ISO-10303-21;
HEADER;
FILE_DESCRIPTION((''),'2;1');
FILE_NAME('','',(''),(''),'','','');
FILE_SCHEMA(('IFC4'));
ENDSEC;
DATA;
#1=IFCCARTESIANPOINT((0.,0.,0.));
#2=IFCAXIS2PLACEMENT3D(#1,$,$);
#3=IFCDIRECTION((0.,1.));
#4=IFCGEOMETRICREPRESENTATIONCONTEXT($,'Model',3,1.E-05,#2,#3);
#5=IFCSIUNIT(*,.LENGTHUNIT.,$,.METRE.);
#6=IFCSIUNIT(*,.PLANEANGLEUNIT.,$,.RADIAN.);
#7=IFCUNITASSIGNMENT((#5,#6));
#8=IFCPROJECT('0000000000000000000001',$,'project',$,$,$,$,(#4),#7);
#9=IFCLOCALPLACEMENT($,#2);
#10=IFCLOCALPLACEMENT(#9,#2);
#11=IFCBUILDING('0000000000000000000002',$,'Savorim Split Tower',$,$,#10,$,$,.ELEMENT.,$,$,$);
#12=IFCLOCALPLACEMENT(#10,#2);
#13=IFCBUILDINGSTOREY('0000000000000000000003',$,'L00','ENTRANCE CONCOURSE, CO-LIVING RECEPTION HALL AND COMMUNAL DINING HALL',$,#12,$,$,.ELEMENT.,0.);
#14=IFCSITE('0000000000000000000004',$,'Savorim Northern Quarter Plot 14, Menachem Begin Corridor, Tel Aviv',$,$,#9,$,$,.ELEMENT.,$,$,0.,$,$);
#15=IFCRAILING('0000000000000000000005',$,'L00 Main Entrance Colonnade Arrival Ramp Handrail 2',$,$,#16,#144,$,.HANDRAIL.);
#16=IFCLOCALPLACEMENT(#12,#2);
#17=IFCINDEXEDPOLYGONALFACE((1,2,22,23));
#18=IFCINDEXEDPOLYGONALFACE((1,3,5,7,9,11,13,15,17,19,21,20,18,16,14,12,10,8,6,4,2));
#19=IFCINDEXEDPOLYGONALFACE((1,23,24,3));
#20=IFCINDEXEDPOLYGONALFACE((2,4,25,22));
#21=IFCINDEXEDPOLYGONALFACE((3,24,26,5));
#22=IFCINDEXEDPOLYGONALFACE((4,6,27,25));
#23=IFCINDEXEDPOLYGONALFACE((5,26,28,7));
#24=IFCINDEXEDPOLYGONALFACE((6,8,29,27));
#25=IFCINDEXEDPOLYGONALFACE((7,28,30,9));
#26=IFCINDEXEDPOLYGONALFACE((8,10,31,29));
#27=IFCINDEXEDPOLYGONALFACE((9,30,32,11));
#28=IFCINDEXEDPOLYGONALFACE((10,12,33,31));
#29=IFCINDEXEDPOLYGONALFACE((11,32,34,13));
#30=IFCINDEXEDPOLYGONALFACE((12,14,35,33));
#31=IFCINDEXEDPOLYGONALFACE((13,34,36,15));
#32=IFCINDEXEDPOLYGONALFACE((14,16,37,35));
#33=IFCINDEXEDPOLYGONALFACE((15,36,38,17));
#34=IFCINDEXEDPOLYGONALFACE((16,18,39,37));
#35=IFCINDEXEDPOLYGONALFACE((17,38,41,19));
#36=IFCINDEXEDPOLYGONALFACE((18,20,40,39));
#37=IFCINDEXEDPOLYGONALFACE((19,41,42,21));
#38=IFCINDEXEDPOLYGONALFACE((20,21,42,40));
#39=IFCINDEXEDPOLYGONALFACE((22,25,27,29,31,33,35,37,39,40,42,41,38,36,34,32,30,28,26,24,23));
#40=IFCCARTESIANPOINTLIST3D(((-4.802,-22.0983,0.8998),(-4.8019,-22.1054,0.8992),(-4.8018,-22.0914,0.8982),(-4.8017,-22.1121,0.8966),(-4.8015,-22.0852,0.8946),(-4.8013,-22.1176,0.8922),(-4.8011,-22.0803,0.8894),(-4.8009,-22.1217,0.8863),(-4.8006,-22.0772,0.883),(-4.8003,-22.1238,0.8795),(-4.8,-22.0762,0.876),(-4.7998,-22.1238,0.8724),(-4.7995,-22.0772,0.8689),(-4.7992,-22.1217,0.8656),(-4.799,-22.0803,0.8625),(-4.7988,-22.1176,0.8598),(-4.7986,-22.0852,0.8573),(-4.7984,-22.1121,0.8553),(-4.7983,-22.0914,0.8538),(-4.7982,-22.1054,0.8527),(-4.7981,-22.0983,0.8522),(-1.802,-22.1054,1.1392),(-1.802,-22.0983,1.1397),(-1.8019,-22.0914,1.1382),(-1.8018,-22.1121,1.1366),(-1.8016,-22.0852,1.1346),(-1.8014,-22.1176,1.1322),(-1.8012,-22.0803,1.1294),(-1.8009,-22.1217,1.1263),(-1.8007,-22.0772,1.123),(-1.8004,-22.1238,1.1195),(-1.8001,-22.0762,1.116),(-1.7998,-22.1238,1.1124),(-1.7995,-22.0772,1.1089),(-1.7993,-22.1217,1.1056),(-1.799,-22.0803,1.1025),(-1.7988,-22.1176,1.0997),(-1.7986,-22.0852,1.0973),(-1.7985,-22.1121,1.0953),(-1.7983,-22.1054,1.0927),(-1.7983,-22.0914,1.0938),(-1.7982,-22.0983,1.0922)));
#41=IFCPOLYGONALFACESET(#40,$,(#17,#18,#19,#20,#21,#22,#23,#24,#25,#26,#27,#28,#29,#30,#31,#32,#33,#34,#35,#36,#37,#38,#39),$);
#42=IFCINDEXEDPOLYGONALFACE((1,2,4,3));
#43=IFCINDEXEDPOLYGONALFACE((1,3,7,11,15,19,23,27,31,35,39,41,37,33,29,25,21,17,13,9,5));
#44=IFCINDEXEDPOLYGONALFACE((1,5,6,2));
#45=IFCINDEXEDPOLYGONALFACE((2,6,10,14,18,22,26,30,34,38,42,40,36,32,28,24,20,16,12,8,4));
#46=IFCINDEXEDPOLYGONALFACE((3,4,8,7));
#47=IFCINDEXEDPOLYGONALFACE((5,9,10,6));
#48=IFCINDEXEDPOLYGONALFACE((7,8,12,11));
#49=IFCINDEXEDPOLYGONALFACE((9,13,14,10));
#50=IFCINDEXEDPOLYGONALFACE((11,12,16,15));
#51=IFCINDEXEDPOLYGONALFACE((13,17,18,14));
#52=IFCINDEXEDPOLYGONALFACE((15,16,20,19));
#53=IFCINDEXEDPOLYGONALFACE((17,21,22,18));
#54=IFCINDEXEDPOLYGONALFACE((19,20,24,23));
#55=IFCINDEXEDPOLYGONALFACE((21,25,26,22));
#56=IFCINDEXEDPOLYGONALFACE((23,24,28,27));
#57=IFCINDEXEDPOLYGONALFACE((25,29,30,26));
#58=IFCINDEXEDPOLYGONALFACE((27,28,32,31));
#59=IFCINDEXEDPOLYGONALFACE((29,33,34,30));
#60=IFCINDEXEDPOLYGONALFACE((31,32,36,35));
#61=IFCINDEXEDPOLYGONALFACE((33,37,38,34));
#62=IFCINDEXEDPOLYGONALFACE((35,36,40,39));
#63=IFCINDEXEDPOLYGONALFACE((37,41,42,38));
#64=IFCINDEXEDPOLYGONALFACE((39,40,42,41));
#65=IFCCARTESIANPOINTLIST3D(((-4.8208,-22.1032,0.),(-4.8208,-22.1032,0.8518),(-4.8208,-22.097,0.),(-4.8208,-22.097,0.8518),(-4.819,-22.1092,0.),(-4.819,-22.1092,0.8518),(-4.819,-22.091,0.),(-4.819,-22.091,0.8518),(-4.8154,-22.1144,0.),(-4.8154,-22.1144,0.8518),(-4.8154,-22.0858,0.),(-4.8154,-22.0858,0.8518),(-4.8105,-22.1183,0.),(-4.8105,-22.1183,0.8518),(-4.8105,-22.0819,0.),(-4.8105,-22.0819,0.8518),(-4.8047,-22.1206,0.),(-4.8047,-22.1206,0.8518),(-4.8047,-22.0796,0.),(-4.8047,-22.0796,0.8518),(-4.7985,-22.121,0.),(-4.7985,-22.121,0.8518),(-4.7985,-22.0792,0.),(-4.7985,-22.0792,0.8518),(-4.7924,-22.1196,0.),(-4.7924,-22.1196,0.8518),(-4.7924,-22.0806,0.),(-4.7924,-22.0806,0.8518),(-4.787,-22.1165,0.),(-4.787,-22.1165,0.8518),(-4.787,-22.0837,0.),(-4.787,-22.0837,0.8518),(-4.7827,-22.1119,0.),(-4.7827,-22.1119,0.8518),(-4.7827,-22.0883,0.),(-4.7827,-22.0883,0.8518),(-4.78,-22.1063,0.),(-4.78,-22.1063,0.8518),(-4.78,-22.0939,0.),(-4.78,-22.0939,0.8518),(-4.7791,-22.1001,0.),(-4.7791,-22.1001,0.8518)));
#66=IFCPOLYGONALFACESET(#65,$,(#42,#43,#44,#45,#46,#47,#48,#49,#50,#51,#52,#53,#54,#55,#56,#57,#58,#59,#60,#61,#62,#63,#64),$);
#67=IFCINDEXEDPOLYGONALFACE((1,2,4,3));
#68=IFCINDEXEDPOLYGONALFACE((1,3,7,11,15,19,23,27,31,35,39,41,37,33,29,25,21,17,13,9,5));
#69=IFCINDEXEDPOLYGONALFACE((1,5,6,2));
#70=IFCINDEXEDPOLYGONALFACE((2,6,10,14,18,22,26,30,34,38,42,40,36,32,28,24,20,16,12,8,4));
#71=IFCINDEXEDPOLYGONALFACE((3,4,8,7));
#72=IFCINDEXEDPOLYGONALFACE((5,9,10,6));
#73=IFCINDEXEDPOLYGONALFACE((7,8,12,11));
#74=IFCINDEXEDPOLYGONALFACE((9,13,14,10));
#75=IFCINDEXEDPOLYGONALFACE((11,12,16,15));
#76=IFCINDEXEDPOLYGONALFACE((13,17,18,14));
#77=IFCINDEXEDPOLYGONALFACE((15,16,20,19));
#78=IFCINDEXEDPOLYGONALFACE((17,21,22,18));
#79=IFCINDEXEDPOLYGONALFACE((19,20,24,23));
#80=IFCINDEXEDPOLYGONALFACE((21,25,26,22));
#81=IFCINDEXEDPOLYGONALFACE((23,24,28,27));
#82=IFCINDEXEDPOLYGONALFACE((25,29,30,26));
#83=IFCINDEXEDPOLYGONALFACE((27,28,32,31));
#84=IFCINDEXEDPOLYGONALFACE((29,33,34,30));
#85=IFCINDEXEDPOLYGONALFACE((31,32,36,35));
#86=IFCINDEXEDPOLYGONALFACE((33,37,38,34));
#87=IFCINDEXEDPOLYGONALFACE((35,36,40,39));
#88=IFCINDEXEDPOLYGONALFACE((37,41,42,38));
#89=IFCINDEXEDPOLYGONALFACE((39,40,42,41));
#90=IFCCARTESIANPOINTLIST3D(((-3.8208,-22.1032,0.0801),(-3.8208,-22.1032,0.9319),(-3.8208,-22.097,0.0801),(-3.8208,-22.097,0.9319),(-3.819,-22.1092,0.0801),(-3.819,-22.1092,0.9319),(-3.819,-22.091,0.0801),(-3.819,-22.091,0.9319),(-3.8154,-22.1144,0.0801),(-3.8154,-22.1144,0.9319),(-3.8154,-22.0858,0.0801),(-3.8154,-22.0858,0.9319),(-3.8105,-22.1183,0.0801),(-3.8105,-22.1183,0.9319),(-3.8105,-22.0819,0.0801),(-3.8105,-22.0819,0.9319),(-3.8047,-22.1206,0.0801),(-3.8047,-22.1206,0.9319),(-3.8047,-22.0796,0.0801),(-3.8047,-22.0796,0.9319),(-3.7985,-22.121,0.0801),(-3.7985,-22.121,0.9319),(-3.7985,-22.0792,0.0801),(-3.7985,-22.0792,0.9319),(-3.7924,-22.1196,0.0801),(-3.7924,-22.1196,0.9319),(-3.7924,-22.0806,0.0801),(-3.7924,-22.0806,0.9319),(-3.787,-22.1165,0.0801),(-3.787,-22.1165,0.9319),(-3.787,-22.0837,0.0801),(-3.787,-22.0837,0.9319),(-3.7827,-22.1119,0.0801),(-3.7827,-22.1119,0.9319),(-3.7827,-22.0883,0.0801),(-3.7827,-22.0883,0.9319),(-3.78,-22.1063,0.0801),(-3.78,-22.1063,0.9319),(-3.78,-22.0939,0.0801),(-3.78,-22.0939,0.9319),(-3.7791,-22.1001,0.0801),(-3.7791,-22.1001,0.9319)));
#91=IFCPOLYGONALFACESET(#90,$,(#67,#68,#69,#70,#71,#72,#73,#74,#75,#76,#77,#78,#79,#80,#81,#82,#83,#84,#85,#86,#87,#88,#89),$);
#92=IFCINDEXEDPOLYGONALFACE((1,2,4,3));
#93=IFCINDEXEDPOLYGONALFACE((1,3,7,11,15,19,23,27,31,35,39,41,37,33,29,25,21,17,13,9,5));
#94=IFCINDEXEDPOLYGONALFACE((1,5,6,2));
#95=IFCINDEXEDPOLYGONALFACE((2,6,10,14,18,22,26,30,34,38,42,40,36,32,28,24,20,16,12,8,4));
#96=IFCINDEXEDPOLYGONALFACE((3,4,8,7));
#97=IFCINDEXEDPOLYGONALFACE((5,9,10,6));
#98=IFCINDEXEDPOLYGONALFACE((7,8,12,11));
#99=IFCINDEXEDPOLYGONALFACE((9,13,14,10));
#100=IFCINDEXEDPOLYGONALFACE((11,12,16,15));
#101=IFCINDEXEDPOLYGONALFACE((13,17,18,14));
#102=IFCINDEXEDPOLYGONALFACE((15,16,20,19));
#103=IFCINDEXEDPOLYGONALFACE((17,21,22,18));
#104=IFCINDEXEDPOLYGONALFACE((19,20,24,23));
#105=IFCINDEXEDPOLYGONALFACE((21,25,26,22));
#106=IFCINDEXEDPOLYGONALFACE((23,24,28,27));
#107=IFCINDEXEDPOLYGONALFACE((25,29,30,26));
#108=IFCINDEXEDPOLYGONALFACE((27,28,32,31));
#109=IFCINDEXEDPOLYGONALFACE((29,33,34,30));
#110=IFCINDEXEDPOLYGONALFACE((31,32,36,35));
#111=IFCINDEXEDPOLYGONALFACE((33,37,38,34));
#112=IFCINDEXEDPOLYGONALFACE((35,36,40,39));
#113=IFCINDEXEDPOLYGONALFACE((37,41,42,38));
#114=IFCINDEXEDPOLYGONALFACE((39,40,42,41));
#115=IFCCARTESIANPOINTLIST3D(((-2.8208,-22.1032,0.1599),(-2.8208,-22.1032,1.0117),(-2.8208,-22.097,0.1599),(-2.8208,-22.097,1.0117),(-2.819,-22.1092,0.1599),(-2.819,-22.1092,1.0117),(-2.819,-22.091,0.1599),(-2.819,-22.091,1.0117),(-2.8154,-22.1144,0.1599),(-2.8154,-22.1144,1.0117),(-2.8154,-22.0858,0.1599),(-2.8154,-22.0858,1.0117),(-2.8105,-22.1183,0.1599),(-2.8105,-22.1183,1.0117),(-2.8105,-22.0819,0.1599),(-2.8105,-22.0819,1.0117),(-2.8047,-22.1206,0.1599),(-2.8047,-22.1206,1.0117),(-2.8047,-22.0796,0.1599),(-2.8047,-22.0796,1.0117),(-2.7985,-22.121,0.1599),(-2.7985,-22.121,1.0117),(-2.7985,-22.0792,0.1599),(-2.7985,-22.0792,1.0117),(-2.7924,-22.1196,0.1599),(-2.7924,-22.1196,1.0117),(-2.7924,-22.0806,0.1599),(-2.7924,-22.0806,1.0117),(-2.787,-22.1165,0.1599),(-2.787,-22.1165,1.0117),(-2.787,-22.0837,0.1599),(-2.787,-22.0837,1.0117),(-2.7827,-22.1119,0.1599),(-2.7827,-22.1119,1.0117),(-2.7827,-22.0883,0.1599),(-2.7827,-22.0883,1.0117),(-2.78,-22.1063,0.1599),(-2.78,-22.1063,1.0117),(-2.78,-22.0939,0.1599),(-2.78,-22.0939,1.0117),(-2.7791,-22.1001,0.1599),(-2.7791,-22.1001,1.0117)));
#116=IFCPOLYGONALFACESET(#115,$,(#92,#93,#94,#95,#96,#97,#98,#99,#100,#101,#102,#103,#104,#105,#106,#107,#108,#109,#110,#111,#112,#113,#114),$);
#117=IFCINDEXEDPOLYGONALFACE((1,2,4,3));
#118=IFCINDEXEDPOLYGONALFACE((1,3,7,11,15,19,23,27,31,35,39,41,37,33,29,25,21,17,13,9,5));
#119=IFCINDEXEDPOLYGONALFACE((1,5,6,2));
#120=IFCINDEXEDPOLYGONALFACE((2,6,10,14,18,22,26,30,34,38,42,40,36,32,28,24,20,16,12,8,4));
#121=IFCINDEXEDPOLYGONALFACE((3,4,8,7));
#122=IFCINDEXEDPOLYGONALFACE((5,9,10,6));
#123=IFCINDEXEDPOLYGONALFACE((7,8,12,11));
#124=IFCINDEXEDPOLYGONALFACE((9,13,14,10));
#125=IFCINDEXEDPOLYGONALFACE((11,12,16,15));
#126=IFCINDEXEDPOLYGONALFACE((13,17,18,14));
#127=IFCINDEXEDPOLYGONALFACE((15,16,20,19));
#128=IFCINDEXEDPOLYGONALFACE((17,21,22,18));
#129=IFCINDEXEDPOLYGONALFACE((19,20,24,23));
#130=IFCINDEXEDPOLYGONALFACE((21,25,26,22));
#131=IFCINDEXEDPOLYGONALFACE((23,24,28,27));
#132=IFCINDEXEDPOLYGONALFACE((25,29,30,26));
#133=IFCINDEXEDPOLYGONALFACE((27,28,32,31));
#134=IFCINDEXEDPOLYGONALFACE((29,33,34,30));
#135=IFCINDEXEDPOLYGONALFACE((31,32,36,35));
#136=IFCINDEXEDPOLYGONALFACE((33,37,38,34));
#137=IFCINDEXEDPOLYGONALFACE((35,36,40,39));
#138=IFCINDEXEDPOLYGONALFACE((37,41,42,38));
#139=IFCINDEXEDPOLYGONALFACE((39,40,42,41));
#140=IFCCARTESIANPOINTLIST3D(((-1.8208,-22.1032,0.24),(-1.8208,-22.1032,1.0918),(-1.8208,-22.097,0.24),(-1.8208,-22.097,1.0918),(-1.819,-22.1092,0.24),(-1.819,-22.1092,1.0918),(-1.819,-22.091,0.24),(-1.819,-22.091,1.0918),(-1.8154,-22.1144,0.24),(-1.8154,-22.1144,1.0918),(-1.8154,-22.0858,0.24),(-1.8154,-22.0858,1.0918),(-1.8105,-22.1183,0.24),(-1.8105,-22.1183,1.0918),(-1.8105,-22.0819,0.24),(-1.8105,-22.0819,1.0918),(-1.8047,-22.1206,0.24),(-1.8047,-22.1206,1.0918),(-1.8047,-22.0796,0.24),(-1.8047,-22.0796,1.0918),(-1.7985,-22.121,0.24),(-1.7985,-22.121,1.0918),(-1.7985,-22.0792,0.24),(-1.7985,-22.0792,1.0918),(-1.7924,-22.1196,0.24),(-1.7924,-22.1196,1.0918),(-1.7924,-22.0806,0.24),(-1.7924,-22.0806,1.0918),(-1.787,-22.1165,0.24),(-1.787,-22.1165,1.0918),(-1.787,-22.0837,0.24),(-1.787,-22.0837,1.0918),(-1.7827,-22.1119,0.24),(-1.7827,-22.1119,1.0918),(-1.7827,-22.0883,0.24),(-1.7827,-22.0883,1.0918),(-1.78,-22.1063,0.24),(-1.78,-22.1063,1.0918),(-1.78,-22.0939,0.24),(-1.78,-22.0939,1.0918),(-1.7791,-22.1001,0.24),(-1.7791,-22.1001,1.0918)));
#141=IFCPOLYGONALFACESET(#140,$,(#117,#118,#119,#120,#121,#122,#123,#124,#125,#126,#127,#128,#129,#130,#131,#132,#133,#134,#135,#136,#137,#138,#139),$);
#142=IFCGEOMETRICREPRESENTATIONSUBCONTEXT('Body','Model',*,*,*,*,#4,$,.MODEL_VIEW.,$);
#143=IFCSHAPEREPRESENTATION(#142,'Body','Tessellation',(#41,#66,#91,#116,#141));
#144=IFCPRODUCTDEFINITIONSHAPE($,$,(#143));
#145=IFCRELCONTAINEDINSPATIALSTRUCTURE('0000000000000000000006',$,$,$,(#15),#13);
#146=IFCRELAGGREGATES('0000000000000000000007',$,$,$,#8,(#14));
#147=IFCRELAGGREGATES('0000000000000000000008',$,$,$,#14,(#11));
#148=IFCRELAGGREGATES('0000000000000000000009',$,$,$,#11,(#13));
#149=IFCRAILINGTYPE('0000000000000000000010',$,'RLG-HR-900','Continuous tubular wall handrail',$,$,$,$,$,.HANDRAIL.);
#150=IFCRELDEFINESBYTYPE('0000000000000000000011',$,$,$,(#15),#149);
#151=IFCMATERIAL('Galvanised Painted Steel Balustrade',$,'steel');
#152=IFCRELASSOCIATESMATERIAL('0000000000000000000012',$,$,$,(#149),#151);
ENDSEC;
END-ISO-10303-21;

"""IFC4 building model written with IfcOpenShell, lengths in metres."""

from ifc_helpers import new_model, si_unit, direction, frame, origin, origin_2d, place, context, subcontext, project, spatial, circle, extrude, material, type_object, element, save


model = new_model("IFC4")

# Units and contexts
model_context = context("Model", 3, precision=1e-05, world=origin(), true_north=direction((0.0, 1.0)))
body_context = subcontext(model_context, "Body", "Model", "MODEL_VIEW")
ifc_project = project(units=[si_unit("LENGTHUNIT", "METRE"), si_unit("PLANEANGLEUNIT", "RADIAN")], contexts=[model_context])

# Site, building, storey
site_placement = place(None, origin())
site = spatial("IfcSite", under=ifc_project, at=site_placement, Name="Savorim Northern Quarter Plot 14, Menachem Begin Corridor, Tel Aviv", CompositionType="ELEMENT", RefElevation=0.0)
building_placement = place(site_placement, origin())
building = spatial("IfcBuilding", under=site, at=building_placement, Name="Savorim Split Tower", CompositionType="ELEMENT")
storey_placement = place(building_placement, origin())
storey = spatial("IfcBuildingStorey", under=building, at=storey_placement, Name="L00", Description="ENTRANCE CONCOURSE, CO-LIVING RECEPTION HALL AND COMMUNAL DINING HALL", CompositionType="ELEMENT", Elevation=0.0)

# Railing
ifc_material_1 = material(Name="Galvanised Painted Steel Balustrade", Category="steel")
railing_type = type_object("IfcRailingType", Name="RLG-HR-900", Description="Continuous tubular wall handrail", PredefinedType="HANDRAIL", material=ifc_material_1)
for number, where, name in (
    (1, (-4.8, -22.1001, 0.0), "L00 Main Entrance Colonnade Arrival Ramp Handrail 2"),
):
    element("IfcRailing", number, at=place(storey_placement, frame(where)), inside=storey, type_object=railing_type, Name=name, PredefinedType="HANDRAIL", context=body_context, shape_type="SweptSolid", body=[
        extrude(circle(Radius=0.0239, at=origin_2d()), frame((0.0, 0.0, 0.876), z_axis=(0.996816, 0.0, 0.079742), x_axis=(0.0, 1.0, 0.0)), (0.0, 0.0, 1.0), 3.0095),
        extrude(circle(Radius=0.021, at=origin_2d()), origin(), (0.0, 0.0, 1.0), 0.8518),
        extrude(circle(Radius=0.021, at=origin_2d()), frame((1.0, 0.0, 0.0801)), (0.0, 0.0, 1.0), 0.8518),
        extrude(circle(Radius=0.021, at=origin_2d()), frame((2.0, 0.0, 0.1599)), (0.0, 0.0, 1.0), 0.8518),
        extrude(circle(Radius=0.021, at=origin_2d()), frame((3.0, 0.0, 0.24)), (0.0, 0.0, 1.0), 0.8518),
    ])

save(model, "model.ifc")
